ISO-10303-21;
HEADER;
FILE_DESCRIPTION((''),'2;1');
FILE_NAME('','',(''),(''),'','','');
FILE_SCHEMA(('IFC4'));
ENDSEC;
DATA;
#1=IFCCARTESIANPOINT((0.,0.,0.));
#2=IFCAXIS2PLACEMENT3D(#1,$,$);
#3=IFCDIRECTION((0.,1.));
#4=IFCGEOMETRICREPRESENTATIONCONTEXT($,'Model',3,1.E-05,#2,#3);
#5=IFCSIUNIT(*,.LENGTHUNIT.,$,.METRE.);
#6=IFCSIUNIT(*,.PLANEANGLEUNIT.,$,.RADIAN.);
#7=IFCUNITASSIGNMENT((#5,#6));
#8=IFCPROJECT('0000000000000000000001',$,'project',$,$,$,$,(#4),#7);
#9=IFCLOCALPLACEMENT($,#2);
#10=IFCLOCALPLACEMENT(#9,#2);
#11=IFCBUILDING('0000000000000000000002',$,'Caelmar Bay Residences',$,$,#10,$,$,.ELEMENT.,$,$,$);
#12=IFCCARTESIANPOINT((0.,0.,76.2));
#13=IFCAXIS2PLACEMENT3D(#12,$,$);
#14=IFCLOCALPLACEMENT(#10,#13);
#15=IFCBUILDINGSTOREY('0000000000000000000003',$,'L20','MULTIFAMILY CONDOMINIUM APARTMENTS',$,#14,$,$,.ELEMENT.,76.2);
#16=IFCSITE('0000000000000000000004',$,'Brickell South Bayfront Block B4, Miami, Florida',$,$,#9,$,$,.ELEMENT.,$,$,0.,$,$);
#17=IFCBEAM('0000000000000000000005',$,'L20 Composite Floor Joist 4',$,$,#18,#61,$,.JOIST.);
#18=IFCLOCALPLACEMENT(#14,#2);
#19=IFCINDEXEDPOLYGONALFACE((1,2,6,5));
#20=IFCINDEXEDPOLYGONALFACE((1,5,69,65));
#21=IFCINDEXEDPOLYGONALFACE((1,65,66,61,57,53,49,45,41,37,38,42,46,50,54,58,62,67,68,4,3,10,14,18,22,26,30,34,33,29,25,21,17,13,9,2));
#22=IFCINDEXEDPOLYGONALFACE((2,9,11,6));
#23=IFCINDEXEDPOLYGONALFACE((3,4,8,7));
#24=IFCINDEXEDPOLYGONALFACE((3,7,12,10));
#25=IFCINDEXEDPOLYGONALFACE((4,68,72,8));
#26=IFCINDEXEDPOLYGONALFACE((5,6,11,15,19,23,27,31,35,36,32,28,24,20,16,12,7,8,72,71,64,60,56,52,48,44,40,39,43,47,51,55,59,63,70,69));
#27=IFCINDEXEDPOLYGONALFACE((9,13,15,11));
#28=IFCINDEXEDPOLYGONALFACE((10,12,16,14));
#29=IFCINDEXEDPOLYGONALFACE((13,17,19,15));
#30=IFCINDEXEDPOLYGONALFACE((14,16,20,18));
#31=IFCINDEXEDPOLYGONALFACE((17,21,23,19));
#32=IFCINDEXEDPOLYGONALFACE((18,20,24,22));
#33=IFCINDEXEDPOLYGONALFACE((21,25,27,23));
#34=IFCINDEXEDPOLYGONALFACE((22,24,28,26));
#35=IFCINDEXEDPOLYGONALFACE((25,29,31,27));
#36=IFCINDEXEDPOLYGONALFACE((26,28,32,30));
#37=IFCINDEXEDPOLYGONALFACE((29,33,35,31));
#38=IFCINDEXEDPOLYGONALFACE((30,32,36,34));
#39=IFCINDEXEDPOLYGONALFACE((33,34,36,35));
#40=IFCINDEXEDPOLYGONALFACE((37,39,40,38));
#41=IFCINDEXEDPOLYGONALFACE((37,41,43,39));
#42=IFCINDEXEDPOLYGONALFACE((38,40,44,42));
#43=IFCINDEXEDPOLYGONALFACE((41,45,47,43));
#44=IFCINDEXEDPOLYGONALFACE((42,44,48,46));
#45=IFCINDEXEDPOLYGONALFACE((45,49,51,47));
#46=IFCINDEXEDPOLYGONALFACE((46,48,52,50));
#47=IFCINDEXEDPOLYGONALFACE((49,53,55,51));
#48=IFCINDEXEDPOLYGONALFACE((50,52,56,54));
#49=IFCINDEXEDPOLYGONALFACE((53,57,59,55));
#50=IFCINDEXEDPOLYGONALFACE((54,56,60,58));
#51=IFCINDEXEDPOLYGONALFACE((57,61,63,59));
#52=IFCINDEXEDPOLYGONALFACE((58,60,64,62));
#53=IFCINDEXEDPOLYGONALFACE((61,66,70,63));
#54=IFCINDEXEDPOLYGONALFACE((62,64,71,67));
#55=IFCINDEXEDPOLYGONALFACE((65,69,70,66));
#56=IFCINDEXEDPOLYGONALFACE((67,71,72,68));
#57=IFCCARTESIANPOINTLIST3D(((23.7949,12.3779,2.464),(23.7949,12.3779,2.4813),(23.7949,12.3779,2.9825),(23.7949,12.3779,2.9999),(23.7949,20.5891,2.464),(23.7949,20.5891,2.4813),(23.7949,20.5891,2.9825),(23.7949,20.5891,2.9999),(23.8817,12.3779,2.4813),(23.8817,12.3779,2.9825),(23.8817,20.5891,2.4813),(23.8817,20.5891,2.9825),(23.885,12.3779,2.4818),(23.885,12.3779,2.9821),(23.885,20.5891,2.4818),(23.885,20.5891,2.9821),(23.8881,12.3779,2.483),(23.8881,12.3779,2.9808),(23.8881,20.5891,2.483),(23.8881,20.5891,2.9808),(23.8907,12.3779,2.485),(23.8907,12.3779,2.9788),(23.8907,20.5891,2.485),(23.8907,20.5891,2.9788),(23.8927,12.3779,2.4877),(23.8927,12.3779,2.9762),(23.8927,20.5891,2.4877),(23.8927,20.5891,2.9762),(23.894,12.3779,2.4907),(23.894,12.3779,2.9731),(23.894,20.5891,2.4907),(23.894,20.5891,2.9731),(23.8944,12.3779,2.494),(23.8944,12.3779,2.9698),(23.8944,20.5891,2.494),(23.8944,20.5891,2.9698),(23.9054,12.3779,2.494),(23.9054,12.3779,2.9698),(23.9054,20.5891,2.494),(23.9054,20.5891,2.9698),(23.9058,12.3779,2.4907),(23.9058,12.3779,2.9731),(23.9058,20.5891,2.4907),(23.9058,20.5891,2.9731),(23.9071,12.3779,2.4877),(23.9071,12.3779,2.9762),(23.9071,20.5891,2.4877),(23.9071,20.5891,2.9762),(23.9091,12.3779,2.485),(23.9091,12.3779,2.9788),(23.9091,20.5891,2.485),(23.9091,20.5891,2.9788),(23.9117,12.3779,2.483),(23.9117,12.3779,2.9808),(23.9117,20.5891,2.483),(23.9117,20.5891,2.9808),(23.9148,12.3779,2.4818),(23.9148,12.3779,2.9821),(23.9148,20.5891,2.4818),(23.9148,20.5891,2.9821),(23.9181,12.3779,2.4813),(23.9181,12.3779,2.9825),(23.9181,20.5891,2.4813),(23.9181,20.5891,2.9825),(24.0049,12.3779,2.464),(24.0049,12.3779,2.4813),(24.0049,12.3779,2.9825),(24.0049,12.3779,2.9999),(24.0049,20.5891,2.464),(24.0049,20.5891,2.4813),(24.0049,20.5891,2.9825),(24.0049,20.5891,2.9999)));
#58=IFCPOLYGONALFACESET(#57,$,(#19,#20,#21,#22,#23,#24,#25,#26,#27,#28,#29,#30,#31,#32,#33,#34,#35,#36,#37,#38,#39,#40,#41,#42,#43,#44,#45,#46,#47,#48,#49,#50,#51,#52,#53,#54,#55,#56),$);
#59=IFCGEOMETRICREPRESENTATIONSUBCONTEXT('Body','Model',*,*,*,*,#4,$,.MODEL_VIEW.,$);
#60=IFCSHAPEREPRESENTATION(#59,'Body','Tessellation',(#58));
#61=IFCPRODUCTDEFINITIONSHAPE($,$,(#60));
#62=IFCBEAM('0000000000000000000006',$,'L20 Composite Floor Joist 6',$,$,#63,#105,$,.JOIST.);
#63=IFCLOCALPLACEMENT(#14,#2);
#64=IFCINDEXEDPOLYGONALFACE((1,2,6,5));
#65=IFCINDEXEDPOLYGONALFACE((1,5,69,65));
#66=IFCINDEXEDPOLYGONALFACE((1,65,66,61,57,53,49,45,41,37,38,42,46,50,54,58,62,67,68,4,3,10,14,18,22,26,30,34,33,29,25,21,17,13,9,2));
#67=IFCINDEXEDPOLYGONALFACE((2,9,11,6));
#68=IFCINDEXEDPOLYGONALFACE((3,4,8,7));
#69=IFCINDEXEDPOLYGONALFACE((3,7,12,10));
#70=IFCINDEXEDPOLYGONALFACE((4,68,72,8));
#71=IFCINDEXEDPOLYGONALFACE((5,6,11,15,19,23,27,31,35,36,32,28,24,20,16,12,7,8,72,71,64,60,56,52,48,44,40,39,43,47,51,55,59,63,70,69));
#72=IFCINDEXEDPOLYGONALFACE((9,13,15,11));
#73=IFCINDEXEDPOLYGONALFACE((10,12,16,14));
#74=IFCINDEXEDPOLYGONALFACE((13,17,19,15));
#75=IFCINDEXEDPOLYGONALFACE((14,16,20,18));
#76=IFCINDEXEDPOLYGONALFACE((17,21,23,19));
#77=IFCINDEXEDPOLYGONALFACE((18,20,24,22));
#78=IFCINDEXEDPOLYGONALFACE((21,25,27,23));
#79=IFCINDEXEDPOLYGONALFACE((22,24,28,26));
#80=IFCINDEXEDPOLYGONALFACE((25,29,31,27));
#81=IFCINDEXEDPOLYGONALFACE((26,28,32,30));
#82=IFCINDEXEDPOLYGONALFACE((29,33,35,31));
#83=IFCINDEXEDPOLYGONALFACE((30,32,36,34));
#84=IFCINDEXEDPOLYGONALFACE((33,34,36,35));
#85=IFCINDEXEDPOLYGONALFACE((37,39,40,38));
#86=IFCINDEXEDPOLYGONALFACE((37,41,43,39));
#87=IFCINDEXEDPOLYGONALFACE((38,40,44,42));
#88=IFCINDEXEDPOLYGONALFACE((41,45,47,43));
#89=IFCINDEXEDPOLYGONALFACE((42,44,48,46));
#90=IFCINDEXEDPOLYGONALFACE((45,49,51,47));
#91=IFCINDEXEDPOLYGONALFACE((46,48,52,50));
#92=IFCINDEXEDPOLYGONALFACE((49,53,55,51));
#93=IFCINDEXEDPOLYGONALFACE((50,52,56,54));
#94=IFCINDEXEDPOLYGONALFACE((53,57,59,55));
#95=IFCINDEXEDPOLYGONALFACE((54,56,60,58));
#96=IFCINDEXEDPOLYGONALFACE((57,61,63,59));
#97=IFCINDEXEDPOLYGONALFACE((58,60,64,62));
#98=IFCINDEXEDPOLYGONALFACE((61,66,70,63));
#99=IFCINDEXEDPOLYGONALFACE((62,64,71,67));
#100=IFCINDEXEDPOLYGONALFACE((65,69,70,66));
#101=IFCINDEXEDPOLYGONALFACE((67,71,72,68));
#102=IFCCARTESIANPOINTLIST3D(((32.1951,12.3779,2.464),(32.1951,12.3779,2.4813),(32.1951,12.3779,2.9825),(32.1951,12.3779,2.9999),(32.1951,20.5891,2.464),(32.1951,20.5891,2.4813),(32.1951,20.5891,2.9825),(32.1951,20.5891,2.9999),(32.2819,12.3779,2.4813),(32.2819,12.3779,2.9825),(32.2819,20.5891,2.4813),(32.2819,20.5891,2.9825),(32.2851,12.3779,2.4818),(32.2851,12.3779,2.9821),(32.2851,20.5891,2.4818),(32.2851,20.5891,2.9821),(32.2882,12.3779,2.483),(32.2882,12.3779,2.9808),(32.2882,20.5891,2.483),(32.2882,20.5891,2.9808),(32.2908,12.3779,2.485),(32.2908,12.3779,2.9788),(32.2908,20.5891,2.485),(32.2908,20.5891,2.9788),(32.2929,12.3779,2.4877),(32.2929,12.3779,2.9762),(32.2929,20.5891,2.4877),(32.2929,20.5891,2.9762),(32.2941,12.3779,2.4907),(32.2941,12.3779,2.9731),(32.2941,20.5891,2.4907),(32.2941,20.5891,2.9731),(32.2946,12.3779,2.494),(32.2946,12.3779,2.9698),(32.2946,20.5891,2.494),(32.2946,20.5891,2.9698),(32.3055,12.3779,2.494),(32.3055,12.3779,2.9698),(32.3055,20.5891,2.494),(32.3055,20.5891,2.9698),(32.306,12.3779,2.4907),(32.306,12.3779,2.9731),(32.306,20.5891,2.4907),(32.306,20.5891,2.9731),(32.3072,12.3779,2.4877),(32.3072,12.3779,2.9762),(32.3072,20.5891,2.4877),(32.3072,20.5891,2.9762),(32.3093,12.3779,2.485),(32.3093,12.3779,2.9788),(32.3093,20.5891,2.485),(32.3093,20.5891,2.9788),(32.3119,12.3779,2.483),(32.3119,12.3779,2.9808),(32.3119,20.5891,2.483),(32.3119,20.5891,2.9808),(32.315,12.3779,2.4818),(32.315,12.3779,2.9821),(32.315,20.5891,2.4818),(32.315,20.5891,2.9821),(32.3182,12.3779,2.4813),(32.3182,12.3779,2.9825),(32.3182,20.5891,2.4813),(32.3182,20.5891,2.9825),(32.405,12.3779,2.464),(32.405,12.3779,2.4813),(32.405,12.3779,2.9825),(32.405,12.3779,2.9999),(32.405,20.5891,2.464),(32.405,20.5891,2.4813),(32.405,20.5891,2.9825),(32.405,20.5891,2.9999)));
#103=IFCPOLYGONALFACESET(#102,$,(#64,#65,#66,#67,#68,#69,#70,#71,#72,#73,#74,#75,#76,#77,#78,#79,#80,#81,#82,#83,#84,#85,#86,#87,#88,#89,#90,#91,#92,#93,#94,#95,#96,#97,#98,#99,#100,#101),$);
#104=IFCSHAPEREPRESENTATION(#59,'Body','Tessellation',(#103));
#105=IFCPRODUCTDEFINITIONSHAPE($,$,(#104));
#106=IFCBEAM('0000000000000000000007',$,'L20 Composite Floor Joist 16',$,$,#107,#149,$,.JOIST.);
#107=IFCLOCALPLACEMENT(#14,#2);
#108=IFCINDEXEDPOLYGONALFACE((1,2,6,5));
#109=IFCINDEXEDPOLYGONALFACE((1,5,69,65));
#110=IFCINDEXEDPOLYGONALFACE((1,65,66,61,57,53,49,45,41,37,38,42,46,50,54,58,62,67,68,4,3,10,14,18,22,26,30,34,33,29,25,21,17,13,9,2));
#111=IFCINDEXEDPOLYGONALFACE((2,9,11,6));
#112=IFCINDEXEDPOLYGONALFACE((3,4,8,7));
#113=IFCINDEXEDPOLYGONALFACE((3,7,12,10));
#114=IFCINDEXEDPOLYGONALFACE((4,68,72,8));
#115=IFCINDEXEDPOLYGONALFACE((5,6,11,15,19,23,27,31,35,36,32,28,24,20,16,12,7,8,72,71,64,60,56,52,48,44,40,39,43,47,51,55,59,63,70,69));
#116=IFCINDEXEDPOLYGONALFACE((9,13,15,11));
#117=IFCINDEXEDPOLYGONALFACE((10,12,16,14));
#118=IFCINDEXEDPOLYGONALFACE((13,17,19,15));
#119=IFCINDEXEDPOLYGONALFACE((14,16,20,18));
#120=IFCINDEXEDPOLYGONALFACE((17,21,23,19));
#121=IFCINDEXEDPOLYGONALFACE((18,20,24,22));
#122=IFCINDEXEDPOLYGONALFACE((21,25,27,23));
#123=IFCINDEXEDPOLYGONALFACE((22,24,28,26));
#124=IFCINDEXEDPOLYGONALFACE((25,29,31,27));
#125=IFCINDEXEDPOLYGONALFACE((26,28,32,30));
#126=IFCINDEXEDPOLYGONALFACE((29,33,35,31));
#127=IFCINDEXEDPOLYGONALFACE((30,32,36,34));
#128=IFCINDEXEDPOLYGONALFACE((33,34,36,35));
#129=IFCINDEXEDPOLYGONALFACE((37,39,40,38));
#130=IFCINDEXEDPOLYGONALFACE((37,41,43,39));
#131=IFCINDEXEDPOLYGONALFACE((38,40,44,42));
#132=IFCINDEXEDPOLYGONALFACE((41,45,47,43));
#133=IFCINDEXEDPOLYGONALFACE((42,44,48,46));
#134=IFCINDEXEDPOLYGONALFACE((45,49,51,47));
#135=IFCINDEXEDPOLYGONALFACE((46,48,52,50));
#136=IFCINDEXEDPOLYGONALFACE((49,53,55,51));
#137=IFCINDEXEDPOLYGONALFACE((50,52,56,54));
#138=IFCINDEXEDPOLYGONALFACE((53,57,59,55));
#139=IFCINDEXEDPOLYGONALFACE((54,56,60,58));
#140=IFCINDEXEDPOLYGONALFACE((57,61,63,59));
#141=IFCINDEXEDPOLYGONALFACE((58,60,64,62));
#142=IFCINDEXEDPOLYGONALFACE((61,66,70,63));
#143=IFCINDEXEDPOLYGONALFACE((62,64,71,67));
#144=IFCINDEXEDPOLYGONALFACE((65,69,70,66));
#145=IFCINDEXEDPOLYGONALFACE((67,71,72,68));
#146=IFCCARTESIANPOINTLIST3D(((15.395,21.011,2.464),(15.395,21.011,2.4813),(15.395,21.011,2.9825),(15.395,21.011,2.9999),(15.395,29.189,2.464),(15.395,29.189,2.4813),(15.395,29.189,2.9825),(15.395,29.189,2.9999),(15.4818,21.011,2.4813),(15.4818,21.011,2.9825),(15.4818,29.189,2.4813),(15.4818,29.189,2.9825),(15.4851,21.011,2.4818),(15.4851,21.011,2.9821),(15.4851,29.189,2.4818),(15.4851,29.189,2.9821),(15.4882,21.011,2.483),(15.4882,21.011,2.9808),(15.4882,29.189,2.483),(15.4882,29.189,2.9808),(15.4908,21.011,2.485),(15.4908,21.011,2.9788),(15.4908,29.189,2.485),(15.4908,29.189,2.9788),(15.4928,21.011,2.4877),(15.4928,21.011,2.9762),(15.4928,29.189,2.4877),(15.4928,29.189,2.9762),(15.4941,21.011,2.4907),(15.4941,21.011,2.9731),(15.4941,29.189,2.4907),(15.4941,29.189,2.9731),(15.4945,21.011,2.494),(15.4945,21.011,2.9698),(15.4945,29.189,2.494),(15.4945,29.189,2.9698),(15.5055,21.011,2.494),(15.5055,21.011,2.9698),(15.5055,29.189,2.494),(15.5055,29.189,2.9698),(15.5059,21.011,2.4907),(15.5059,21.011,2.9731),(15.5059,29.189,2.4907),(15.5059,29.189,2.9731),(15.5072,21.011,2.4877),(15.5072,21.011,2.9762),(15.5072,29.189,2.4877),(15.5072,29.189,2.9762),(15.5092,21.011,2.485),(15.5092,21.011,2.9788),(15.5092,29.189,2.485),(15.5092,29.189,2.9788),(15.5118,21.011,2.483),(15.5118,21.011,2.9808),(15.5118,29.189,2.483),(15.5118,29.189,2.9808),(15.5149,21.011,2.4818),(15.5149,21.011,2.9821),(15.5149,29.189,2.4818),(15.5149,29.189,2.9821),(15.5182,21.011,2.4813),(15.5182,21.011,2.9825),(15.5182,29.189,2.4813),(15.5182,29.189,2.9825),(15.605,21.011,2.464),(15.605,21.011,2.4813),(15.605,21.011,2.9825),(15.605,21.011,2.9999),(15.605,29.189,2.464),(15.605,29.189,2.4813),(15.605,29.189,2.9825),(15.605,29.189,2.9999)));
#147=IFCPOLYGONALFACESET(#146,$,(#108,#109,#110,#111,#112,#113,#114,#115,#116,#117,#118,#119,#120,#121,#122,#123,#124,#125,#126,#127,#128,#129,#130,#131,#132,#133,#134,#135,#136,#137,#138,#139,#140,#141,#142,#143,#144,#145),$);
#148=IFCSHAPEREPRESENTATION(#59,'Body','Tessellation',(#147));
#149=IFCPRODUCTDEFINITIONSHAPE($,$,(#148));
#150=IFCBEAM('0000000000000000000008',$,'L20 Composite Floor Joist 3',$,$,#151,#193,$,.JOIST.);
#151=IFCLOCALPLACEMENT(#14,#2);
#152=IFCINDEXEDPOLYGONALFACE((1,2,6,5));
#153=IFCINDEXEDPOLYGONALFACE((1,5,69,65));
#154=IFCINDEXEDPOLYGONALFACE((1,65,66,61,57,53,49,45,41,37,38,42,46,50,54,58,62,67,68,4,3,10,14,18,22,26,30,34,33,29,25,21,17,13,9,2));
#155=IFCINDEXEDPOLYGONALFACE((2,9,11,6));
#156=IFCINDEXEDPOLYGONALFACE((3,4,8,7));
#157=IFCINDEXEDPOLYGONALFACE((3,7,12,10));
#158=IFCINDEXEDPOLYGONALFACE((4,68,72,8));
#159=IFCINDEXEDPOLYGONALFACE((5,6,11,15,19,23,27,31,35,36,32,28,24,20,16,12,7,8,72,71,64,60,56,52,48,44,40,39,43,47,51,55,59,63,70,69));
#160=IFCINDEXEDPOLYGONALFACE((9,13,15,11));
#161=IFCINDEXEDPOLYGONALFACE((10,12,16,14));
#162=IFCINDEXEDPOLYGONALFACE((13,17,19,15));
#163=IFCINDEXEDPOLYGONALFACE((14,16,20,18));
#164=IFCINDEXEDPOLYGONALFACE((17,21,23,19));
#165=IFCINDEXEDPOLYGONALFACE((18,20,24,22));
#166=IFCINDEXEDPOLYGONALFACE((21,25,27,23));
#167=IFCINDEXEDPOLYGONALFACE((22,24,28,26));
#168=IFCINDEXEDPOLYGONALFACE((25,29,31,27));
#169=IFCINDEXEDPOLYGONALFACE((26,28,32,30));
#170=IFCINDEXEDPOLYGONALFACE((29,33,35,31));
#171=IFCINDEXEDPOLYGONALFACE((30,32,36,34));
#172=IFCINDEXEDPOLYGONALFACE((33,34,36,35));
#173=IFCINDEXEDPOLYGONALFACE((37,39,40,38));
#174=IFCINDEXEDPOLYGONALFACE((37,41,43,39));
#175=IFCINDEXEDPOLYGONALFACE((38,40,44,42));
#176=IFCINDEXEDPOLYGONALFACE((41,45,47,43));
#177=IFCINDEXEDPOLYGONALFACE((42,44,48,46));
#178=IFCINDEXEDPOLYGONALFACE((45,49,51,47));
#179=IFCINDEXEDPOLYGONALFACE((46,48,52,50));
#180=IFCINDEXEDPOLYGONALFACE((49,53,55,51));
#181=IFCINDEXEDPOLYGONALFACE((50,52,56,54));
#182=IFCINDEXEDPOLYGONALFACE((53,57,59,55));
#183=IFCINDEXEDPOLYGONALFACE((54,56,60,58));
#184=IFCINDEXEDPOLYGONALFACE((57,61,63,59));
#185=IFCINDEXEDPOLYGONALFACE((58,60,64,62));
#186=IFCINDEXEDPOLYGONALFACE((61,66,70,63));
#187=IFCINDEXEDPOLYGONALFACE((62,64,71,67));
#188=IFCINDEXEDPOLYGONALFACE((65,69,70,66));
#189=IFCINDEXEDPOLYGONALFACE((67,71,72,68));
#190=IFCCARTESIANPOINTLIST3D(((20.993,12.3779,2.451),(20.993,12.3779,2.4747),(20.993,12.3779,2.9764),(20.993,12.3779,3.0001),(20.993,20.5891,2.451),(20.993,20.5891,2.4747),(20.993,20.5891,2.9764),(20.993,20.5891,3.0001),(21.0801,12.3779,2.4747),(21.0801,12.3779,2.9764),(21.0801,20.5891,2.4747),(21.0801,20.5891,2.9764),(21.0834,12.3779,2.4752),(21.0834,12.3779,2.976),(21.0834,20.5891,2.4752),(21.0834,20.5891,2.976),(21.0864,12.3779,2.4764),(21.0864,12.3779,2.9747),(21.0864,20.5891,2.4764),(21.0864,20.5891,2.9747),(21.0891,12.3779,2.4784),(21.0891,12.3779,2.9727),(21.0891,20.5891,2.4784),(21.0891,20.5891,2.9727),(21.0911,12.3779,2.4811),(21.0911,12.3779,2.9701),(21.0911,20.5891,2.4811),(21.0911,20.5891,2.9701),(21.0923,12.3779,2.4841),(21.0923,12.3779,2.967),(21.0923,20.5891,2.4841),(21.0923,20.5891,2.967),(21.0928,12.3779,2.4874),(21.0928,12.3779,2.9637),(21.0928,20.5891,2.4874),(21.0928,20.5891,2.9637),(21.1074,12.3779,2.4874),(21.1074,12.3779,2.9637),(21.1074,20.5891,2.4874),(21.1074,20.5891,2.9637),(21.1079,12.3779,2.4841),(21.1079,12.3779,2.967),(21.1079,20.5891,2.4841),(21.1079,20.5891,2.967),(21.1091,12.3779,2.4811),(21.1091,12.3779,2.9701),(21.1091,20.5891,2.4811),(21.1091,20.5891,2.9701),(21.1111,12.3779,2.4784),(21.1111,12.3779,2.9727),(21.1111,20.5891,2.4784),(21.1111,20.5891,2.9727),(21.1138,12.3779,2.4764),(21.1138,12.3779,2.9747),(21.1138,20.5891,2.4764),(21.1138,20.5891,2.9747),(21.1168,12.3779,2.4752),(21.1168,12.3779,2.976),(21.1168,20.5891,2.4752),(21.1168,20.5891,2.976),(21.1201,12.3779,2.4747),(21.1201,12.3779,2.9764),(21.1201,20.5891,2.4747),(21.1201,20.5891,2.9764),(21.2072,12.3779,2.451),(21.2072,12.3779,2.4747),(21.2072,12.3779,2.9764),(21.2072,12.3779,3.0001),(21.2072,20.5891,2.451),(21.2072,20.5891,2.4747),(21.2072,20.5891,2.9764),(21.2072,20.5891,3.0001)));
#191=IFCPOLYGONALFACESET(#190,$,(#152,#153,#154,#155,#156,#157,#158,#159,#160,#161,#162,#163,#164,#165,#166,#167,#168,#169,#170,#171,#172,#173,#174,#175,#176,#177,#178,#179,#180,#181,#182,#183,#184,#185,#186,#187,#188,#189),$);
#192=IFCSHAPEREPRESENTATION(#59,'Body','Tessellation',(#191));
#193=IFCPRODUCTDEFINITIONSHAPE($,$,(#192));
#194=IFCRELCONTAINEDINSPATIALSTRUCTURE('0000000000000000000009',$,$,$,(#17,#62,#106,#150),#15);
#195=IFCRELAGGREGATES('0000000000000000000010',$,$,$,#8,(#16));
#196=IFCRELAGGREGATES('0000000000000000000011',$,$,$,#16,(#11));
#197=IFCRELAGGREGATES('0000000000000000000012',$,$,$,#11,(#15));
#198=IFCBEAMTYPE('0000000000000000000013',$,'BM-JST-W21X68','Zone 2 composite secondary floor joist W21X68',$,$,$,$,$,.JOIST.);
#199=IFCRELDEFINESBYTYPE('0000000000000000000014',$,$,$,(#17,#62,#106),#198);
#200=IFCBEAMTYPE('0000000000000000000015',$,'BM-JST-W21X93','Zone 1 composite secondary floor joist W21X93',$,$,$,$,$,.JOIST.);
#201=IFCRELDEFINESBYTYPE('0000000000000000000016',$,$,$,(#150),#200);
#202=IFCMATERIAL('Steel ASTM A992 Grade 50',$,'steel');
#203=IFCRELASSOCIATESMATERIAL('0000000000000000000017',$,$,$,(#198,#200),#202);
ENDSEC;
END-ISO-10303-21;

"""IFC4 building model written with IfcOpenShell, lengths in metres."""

from ifc_helpers import new_model, si_unit, direction, frame, origin, origin_2d, place, context, subcontext, project, spatial, i_section, extrude, material, material_profile, profile_set, type_object, element, save


model = new_model("IFC4")

# Units and contexts
model_context = context("Model", 3, precision=1e-05, world=origin(), true_north=direction((0.0, 1.0)))
body_context = subcontext(model_context, "Body", "Model", "MODEL_VIEW")
ifc_project = project(units=[si_unit("LENGTHUNIT", "METRE"), si_unit("PLANEANGLEUNIT", "RADIAN")], contexts=[model_context])

# Site, building, storey
site_placement = place(None, origin())
site = spatial("IfcSite", under=ifc_project, at=site_placement, Name="Brickell South Bayfront Block B4, Miami, Florida", CompositionType="ELEMENT", RefElevation=0.0)
building_placement = place(site_placement, origin())
building = spatial("IfcBuilding", under=site, at=building_placement, Name="Caelmar Bay Residences", CompositionType="ELEMENT")
storey_placement = place(building_placement, frame((0.0, 0.0, 76.2)))
storey = spatial("IfcBuildingStorey", under=building, at=storey_placement, Name="L20", Description="MULTIFAMILY CONDOMINIUM APARTMENTS", CompositionType="ELEMENT", Elevation=76.2)

# Beams
ifc_material_1 = material(Name="Steel ASTM A992 Grade 50", Category="steel")
ifc_material_profile_1 = material_profile(ifc_material_1, i_section(OverallWidth=0.21, OverallDepth=0.5359, WebThickness=0.011, FlangeThickness=0.0173, FilletRadius=0.0127, at=origin_2d()), Name="W21X68")
ifc_profile_set_1 = profile_set([ifc_material_profile_1], Name="Steel ASTM A992 Grade 50")
beam_type_1 = type_object("IfcBeamType", Name="BM-JST-W21X68", Description="Zone 2 composite secondary floor joist W21X68", PredefinedType="JOIST", material=ifc_profile_set_1)
for number, where, z_axis, x_axis, name in (
    (1, (23.8999, 12.3779, 2.7319), (0.0, 1.0, 0.0), (-1.0, 0.0, 0.0), "L20 Composite Floor Joist 4"),
    (2, (32.3, 12.3779, 2.7319), (0.0, 1.0, 0.0), (-1.0, 0.0, 0.0), "L20 Composite Floor Joist 6"),
):
    element("IfcBeam", number, at=place(storey_placement, frame(where, z_axis=z_axis, x_axis=x_axis)), inside=storey, type_object=beam_type_1, Name=name, PredefinedType="JOIST", context=body_context, shape_type="SweptSolid", body=[
        extrude(i_section(OverallWidth=0.21, OverallDepth=0.5359, WebThickness=0.011, FlangeThickness=0.0173, FilletRadius=0.0127, at=origin_2d()), origin(), (0.0, 0.0, 1.0), 8.2112),
    ])
beam_1_placement = place(storey_placement, frame((15.5, 21.011, 2.7319), z_axis=(0.0, 1.0, 0.0), x_axis=(-1.0, 0.0, 0.0)))
element("IfcBeam", 3, at=beam_1_placement, inside=storey, type_object=beam_type_1, Name="L20 Composite Floor Joist 16", PredefinedType="JOIST", context=body_context, shape_type="SweptSolid", body=[
    extrude(i_section(OverallWidth=0.21, OverallDepth=0.5359, WebThickness=0.011, FlangeThickness=0.0173, FilletRadius=0.0127, at=origin_2d()), origin(), (0.0, 0.0, 1.0), 8.178),
])
ifc_material_profile_2 = material_profile(ifc_material_1, i_section(OverallWidth=0.2141, OverallDepth=0.5491, WebThickness=0.0146, FlangeThickness=0.0237, FilletRadius=0.0127, at=origin_2d()), Name="W21X93")
ifc_profile_set_2 = profile_set([ifc_material_profile_2], Name="Steel ASTM A992 Grade 50")
beam_type_2 = type_object("IfcBeamType", Name="BM-JST-W21X93", Description="Zone 1 composite secondary floor joist W21X93", PredefinedType="JOIST", material=ifc_profile_set_2)
for number, where, z_axis, x_axis, name in (
    (4, (21.1001, 12.3779, 2.7256), (0.0, 1.0, 0.0), (-1.0, 0.0, 0.0), "L20 Composite Floor Joist 3"),
):
    element("IfcBeam", number, at=place(storey_placement, frame(where, z_axis=z_axis, x_axis=x_axis)), inside=storey, type_object=beam_type_2, Name=name, PredefinedType="JOIST", context=body_context, shape_type="SweptSolid", body=[
        extrude(i_section(OverallWidth=0.2141, OverallDepth=0.5491, WebThickness=0.0146, FlangeThickness=0.0237, FilletRadius=0.0127, at=origin_2d()), origin(), (0.0, 0.0, 1.0), 8.2112),
    ])

save(model, "model.ifc")
